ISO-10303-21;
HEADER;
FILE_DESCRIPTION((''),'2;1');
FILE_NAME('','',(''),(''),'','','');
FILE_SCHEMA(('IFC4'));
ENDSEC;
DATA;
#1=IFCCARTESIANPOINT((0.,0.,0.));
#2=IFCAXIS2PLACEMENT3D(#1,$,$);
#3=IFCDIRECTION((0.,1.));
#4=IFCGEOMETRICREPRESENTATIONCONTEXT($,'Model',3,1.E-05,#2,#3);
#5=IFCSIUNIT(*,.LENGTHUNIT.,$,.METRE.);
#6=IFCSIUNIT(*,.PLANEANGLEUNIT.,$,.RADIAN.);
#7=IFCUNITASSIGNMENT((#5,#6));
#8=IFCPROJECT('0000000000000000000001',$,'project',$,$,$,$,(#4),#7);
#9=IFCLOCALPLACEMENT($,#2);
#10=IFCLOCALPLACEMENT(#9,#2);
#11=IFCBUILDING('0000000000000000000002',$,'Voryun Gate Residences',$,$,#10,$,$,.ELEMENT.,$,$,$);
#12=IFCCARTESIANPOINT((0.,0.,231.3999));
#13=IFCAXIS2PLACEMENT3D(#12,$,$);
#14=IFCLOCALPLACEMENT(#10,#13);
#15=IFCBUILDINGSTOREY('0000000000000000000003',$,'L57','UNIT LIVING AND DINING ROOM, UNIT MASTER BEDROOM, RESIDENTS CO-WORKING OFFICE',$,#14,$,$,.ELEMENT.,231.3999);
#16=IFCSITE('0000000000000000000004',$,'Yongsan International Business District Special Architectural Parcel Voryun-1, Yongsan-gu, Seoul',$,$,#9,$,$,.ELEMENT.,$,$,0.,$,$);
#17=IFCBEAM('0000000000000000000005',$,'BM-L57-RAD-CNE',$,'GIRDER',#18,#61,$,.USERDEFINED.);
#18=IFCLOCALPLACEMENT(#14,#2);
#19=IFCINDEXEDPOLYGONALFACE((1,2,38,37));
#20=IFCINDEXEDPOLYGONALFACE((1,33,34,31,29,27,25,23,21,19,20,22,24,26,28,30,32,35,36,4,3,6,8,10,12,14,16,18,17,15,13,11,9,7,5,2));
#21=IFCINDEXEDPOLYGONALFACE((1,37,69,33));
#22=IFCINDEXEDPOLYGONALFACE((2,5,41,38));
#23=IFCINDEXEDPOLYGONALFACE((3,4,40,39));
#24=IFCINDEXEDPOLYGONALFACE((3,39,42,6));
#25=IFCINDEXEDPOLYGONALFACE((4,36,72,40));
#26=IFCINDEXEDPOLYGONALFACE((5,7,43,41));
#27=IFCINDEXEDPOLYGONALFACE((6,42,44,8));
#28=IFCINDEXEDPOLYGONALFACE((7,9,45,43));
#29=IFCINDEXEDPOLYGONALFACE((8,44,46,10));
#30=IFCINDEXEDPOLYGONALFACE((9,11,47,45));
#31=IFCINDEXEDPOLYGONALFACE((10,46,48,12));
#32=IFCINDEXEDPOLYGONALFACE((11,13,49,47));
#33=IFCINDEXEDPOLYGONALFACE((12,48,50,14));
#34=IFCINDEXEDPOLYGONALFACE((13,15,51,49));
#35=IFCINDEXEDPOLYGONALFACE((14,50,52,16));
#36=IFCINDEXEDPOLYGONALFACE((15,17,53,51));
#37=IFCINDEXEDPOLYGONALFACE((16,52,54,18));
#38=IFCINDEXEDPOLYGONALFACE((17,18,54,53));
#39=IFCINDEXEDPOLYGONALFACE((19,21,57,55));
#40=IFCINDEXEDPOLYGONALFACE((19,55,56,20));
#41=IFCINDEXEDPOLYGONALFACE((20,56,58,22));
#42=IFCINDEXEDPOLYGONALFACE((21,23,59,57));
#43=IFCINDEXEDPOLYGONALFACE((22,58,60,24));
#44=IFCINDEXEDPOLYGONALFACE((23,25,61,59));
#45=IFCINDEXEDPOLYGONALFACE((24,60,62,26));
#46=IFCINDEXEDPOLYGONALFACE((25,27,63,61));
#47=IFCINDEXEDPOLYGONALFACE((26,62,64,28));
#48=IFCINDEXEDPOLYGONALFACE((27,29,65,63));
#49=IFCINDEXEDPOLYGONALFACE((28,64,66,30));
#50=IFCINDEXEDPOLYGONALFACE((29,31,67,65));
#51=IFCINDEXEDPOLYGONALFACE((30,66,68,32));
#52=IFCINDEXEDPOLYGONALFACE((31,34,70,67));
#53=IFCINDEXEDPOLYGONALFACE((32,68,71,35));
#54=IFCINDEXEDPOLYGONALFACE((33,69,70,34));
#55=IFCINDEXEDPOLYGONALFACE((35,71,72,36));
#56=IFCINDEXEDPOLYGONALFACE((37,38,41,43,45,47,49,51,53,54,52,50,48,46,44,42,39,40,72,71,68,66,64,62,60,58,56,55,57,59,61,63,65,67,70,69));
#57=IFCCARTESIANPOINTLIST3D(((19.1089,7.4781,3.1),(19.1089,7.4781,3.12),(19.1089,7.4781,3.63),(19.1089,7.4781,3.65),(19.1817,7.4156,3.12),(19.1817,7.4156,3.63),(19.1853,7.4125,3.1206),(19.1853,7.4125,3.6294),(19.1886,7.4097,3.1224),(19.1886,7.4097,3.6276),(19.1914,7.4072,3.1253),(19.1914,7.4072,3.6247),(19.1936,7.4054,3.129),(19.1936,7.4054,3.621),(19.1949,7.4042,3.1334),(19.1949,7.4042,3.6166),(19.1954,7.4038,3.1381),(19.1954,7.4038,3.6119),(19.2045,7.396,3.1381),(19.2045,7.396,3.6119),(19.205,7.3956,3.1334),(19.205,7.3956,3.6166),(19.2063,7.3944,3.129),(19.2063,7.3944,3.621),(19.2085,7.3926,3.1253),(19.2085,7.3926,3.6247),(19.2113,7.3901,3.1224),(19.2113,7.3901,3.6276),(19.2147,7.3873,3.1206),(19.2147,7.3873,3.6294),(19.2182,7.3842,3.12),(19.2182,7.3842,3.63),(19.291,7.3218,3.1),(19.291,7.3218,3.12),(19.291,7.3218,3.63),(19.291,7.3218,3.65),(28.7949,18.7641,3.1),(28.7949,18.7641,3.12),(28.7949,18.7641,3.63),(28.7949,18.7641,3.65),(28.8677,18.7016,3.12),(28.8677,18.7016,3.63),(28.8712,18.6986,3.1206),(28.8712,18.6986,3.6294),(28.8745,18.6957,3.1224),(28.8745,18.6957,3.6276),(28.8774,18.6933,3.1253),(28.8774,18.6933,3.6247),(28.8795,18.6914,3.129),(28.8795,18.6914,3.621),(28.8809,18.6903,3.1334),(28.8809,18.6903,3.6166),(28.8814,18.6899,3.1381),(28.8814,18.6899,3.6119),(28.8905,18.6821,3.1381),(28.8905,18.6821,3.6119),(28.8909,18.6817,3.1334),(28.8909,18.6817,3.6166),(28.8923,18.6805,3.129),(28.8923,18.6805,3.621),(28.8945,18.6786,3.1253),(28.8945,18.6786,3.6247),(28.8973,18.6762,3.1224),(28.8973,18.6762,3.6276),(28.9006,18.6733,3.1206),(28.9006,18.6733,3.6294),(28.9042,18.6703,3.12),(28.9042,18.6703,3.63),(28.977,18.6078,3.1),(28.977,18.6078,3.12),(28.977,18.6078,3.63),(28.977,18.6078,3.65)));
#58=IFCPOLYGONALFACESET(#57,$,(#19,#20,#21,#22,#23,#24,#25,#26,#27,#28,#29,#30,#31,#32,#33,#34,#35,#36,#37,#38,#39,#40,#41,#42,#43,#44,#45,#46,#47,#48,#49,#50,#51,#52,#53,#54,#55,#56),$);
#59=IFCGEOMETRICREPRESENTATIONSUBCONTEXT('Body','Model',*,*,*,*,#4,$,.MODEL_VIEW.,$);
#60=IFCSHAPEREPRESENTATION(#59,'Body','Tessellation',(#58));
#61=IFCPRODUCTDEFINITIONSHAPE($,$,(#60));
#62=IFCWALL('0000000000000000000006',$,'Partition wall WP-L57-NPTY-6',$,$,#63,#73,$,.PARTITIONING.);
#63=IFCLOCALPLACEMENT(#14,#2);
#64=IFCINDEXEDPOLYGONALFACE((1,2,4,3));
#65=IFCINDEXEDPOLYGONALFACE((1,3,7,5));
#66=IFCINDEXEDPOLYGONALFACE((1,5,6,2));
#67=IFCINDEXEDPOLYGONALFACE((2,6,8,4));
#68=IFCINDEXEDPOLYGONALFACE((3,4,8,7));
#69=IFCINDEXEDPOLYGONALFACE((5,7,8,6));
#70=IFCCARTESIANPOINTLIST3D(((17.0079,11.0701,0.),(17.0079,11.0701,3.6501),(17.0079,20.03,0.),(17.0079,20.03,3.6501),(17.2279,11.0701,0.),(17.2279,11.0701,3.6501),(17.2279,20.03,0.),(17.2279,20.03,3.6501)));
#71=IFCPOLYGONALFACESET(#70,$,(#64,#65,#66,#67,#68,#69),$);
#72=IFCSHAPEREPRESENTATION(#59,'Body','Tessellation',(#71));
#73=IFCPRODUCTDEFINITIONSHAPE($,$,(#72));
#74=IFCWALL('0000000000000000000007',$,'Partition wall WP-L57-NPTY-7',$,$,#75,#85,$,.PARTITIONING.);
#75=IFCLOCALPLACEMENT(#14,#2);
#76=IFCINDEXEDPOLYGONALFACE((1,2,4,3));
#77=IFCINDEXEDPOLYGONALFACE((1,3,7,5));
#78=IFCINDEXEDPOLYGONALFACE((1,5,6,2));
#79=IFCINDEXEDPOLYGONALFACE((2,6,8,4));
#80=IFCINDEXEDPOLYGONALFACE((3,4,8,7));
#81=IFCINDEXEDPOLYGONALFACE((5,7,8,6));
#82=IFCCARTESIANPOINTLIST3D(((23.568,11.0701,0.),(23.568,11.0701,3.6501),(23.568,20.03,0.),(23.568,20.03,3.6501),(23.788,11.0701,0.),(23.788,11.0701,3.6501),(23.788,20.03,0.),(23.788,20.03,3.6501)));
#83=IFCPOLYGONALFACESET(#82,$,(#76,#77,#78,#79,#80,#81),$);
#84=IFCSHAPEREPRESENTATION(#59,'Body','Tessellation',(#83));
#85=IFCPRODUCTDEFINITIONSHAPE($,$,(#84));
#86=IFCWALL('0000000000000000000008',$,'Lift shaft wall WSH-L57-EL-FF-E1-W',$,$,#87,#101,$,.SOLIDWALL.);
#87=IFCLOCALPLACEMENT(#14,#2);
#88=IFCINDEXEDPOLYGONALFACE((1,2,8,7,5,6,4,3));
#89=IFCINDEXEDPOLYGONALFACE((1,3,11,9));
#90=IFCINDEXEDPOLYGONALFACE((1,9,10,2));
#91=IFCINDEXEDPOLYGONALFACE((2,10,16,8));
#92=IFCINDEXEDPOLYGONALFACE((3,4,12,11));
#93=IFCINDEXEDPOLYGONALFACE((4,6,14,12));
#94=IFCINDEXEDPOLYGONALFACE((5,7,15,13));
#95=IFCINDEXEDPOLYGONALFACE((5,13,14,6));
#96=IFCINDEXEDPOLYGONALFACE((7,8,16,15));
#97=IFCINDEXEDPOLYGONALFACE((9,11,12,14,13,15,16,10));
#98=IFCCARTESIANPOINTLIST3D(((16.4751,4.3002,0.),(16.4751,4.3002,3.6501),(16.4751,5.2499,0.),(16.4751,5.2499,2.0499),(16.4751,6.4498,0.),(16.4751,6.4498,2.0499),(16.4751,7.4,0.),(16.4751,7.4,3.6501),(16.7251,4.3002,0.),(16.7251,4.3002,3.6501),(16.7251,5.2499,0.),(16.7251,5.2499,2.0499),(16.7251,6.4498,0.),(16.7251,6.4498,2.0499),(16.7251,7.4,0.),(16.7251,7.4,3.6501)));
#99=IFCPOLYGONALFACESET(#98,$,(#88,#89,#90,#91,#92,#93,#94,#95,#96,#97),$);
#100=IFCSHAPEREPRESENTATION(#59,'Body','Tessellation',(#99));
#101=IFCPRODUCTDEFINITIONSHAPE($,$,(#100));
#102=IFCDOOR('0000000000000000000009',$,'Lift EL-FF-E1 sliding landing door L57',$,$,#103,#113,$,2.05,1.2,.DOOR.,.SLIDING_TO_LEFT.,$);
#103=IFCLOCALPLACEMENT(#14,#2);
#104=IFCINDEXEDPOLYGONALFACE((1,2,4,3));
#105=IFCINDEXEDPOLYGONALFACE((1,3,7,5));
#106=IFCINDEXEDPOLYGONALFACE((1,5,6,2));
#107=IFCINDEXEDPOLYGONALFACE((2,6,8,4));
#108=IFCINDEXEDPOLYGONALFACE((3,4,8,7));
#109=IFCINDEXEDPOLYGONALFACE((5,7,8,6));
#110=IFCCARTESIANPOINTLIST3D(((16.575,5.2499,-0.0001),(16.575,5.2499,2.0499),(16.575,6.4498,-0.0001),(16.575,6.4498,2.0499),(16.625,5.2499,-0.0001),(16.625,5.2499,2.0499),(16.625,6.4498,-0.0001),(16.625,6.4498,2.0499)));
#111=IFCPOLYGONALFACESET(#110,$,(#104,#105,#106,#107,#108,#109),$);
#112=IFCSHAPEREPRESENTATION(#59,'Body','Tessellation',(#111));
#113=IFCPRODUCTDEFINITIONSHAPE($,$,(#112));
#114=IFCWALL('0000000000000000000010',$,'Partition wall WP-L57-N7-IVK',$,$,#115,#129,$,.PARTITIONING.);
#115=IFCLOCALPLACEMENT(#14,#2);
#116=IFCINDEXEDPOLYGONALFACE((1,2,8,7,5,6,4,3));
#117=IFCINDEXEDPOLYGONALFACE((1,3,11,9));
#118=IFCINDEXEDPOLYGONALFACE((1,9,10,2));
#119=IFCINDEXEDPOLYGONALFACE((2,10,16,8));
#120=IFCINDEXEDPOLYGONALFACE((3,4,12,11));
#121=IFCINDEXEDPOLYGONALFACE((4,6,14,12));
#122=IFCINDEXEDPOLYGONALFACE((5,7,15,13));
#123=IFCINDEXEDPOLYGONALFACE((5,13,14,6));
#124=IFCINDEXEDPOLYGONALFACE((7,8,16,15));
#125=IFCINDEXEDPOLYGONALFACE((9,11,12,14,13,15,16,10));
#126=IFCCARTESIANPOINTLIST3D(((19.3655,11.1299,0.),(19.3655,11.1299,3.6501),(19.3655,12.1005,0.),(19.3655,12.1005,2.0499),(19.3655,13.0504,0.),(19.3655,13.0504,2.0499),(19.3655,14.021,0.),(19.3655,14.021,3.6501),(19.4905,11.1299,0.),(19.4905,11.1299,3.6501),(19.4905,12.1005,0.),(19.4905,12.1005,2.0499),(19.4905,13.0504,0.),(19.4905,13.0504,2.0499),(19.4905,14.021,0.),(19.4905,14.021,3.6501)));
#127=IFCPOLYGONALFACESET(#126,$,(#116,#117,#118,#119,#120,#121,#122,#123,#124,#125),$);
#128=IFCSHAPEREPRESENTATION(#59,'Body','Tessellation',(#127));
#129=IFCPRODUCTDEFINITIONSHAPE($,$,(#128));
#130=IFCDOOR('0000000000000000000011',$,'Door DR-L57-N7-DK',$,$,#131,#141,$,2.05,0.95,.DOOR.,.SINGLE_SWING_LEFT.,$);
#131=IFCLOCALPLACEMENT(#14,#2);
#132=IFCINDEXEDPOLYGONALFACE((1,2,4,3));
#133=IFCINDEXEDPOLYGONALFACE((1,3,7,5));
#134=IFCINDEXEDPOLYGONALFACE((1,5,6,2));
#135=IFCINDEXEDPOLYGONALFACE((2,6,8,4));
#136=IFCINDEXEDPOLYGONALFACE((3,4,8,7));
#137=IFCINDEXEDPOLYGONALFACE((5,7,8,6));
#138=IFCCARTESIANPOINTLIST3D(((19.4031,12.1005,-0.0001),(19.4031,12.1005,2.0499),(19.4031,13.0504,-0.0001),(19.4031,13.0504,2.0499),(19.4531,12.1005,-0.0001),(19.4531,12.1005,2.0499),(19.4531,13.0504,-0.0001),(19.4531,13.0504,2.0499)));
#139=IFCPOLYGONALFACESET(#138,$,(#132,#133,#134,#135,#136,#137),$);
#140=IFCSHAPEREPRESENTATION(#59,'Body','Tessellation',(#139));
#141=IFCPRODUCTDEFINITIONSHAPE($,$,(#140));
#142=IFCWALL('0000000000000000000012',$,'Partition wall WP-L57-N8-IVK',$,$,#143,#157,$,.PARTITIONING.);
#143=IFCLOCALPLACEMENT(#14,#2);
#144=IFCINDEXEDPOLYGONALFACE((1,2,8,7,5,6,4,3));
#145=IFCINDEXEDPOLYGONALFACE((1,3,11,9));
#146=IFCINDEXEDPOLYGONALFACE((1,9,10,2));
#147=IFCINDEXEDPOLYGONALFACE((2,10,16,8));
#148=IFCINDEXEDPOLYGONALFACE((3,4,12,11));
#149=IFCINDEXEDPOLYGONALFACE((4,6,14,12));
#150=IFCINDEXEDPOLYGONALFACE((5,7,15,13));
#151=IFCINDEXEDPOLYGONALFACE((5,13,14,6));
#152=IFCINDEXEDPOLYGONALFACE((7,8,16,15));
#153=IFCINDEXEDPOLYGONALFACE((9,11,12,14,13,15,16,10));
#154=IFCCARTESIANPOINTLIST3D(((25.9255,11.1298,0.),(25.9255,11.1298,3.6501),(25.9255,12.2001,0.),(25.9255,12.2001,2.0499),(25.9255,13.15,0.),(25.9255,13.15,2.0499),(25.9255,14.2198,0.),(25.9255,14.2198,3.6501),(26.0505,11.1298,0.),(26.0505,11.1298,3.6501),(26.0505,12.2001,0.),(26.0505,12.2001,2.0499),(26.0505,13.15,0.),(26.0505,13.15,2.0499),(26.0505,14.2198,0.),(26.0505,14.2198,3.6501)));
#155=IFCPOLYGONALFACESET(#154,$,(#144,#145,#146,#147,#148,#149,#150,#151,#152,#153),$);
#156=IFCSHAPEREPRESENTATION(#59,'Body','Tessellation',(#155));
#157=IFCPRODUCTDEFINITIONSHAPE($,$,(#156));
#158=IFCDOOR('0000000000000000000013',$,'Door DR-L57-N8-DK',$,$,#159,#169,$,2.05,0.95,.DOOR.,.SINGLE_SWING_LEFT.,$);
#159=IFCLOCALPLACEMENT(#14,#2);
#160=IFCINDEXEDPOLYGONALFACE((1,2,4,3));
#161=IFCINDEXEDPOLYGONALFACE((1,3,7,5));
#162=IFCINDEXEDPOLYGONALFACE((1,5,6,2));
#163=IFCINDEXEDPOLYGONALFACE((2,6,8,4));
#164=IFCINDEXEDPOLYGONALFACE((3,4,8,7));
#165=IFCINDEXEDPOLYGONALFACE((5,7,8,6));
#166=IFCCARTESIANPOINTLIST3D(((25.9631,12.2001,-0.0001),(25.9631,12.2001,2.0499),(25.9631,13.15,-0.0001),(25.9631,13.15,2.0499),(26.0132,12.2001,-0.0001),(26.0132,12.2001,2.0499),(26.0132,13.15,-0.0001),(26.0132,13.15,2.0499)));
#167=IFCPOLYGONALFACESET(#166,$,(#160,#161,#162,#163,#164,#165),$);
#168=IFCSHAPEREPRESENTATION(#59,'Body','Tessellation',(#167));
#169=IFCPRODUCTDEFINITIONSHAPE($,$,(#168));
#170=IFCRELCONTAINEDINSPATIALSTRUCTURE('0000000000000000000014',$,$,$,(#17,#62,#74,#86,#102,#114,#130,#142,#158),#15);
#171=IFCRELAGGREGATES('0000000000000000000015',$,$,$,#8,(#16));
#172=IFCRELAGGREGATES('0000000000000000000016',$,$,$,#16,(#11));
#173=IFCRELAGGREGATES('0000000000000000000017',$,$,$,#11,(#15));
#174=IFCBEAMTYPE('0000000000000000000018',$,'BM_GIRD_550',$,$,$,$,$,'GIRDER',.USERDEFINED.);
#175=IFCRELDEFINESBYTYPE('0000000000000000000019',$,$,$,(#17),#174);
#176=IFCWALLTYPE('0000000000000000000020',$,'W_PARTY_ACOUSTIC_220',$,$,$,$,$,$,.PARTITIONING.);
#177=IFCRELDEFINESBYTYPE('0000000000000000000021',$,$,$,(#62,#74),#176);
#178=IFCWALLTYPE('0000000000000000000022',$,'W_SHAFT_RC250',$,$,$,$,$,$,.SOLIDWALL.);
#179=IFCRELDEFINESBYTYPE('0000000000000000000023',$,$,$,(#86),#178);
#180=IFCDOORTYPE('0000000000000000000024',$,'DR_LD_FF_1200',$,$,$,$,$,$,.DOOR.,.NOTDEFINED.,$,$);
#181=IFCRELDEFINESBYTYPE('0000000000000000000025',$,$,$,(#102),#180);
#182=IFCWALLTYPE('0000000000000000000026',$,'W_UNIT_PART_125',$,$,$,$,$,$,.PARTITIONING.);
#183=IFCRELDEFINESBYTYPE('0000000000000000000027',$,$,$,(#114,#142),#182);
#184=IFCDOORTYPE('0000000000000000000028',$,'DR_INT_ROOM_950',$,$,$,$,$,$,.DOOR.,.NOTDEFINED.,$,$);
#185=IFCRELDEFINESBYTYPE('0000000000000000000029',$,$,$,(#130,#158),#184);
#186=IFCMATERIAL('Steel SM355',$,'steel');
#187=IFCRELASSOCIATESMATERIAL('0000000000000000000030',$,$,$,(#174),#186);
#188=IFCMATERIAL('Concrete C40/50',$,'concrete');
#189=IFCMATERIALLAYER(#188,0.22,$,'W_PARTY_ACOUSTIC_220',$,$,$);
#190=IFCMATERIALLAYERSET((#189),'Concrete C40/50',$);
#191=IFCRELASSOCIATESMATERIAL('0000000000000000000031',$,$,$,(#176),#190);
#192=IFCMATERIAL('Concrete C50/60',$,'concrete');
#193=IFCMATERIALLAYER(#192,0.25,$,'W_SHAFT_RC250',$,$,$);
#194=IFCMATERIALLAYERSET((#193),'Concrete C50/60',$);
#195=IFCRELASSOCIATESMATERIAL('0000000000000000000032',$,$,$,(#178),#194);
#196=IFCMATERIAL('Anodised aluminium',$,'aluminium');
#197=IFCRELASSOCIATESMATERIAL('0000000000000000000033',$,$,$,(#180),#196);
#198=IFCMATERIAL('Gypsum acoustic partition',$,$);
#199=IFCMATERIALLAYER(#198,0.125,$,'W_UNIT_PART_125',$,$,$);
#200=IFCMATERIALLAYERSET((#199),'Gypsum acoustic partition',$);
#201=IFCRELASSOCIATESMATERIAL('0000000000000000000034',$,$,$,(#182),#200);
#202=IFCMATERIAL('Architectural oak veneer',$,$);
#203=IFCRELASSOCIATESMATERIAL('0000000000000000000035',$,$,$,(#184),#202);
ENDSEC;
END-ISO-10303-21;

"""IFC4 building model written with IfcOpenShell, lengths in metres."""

from ifc_helpers import new_model, si_unit, direction, frame, frame_2d, origin, origin_2d, place, context, subcontext, project, spatial, rectangle, i_section, extrude, material, layer, layer_set, material_profile, profile_set, type_object, element, fill, save


model = new_model("IFC4")

# Units and contexts
model_context = context("Model", 3, precision=1e-05, world=origin(), true_north=direction((0.0, 1.0)))
body_context = subcontext(model_context, "Body", "Model", "MODEL_VIEW")
ifc_project = project(units=[si_unit("LENGTHUNIT", "METRE"), si_unit("PLANEANGLEUNIT", "RADIAN")], contexts=[model_context])

# Site, building, storey
site_placement = place(None, origin())
site = spatial("IfcSite", under=ifc_project, at=site_placement, Name="Yongsan International Business District Special Architectural Parcel Voryun-1, Yongsan-gu, Seoul", CompositionType="ELEMENT", RefElevation=0.0)
building_placement = place(site_placement, origin())
building = spatial("IfcBuilding", under=site, at=building_placement, Name="Voryun Gate Residences", CompositionType="ELEMENT")
storey_placement = place(building_placement, frame((0.0, 0.0, 231.3999)))
storey = spatial("IfcBuildingStorey", under=building, at=storey_placement, Name="L57", Description="UNIT LIVING AND DINING ROOM, UNIT MASTER BEDROOM, RESIDENTS CO-WORKING OFFICE", CompositionType="ELEMENT", Elevation=231.3999)

# Beam
ifc_material_1 = material(Name="Steel SM355", Category="steel")
ifc_material_profile_1 = material_profile(ifc_material_1, i_section(OverallWidth=0.24, OverallDepth=0.55, WebThickness=0.012, FlangeThickness=0.02, FilletRadius=0.0181, at=origin_2d()), Name="H-550x240x12x20")
ifc_profile_set_1 = profile_set([ifc_material_profile_1], Name="Steel SM355")
beam_type_1 = type_object("IfcBeamType", Name="BM_GIRD_550", ElementType="GIRDER", PredefinedType="USERDEFINED", material=ifc_profile_set_1)
beam_1_placement = place(storey_placement, frame((19.2, 7.3999, 3.375), z_axis=(0.651264, 0.758851, 0.0), x_axis=(-0.758851, 0.651264, 0.0)))
element("IfcBeam", 1, at=beam_1_placement, inside=storey, type_object=beam_type_1, Name="BM-L57-RAD-CNE", ObjectType="GIRDER", PredefinedType="USERDEFINED", context=body_context, shape_type="SweptSolid", body=[
    extrude(i_section(OverallWidth=0.24, OverallDepth=0.55, WebThickness=0.012, FlangeThickness=0.02, FilletRadius=0.0181, at=origin_2d()), origin(), (0.0, 0.0, 1.0), 14.8726),
])

# Walls
ifc_material_2 = material(Name="Concrete C40/50", Category="concrete")
ifc_layer_1 = layer(ifc_material_2, 0.22, Name="W_PARTY_ACOUSTIC_220")
ifc_layer_set_1 = layer_set([ifc_layer_1], Name="Concrete C40/50")
wall_type_1 = type_object("IfcWallType", Name="W_PARTY_ACOUSTIC_220", PredefinedType="PARTITIONING", material=ifc_layer_set_1)
for number, where, z_axis, x_axis, name in (
    (2, (17.1179, 11.0701, 0.0), (0.0, 0.0, 1.0), (0.0, 1.0, 0.0), "Partition wall WP-L57-NPTY-6"),
    (3, (23.678, 11.0701, 0.0), (0.0, 0.0, 1.0), (0.0, 1.0, 0.0), "Partition wall WP-L57-NPTY-7"),
):
    element("IfcWall", number, at=place(storey_placement, frame(where, z_axis=z_axis, x_axis=x_axis)), inside=storey, type_object=wall_type_1, Name=name, PredefinedType="PARTITIONING", context=body_context, shape_type="SweptSolid", body=[
        extrude(rectangle(XDim=8.96, YDim=0.22, at=frame_2d((4.48, 0.0))), origin(), (0.0, 0.0, 1.0), 3.6501),
    ])

# Walls, openings, doors
ifc_material_3 = material(Name="Concrete C50/60", Category="concrete")
ifc_layer_2 = layer(ifc_material_3, 0.25, Name="W_SHAFT_RC250")
ifc_layer_set_2 = layer_set([ifc_layer_2], Name="Concrete C50/60")
wall_type_2 = type_object("IfcWallType", Name="W_SHAFT_RC250", PredefinedType="SOLIDWALL", material=ifc_layer_set_2)
wall_1_placement = place(storey_placement, frame((16.6001, 7.3999, 0.0), z_axis=(0.0, 0.0, 1.0), x_axis=(0.0, -1.0, 0.0)))
wall_1 = element("IfcWall", 4, at=wall_1_placement, inside=storey, type_object=wall_type_2, Name="Lift shaft wall WSH-L57-EL-FF-E1-W", PredefinedType="SOLIDWALL", context=body_context, shape_type="SweptSolid", body=[
    extrude(rectangle(XDim=3.0999, YDim=0.25, at=frame_2d((1.5498, 0.0))), origin(), (0.0, 0.0, 1.0), 3.6501),
])
opening_1_placement = place(wall_1_placement, frame((0.95, 0.0, 0.0)))
opening_1 = element("IfcOpeningElement", 5, at=opening_1_placement, cuts=wall_1, PredefinedType="OPENING", context=body_context, shape_type="SweptSolid", body=[
    extrude(rectangle(XDim=1.2, YDim=2.05, at=frame_2d((0.6001, 1.0249))), frame((0.0, 0.135, 0.0), z_axis=(0.0, -1.0, 0.0), x_axis=(1.0, 0.0, 0.0)), (0.0, 0.0, 1.0), 0.27),
])
ifc_material_4 = material(Name="Anodised aluminium", Category="aluminium")
door_type_1 = type_object("IfcDoorType", Name="DR_LD_FF_1200", OperationType="NOTDEFINED", PredefinedType="DOOR", material=ifc_material_4)
door_1_placement = place(opening_1_placement, origin())
door_1 = element("IfcDoor", 6, at=door_1_placement, inside=storey, type_object=door_type_1, Name="Lift EL-FF-E1 sliding landing door L57", OperationType="SLIDING_TO_LEFT", OverallHeight=2.05, OverallWidth=1.2, PredefinedType="DOOR", context=body_context, shape_type="SweptSolid", body=[
    extrude(rectangle(XDim=1.2, YDim=2.05, at=frame_2d((0.6001, 1.0249))), frame((0.0, 0.0249, 0.0), z_axis=(0.0, -1.0, 0.0), x_axis=(1.0, 0.0, 0.0)), (0.0, 0.0, 1.0), 0.05),
])
fill(opening_1, door_1)
ifc_material_5 = material(Name="Gypsum acoustic partition")
ifc_layer_3 = layer(ifc_material_5, 0.125, Name="W_UNIT_PART_125")
ifc_layer_set_3 = layer_set([ifc_layer_3], Name="Gypsum acoustic partition")
wall_type_3 = type_object("IfcWallType", Name="W_UNIT_PART_125", PredefinedType="PARTITIONING", material=ifc_layer_set_3)
wall_2_placement = place(storey_placement, frame((19.428, 11.1299, 0.0), z_axis=(0.0, 0.0, 1.0), x_axis=(0.0, 1.0, 0.0)))
wall_2 = element("IfcWall", 7, at=wall_2_placement, inside=storey, type_object=wall_type_3, Name="Partition wall WP-L57-N7-IVK", PredefinedType="PARTITIONING", context=body_context, shape_type="SweptSolid", body=[
    extrude(rectangle(XDim=2.8911, YDim=0.125, at=frame_2d((1.4456, 0.0))), origin(), (0.0, 0.0, 1.0), 3.6501),
])
opening_2_placement = place(wall_2_placement, frame((0.9705, 0.0, 0.0)))
opening_2 = element("IfcOpeningElement", 8, at=opening_2_placement, cuts=wall_2, PredefinedType="OPENING", context=body_context, shape_type="SweptSolid", body=[
    extrude(rectangle(XDim=0.95, YDim=2.05, at=frame_2d((0.4751, 1.0249))), frame((0.0, 0.0725, 0.0), z_axis=(0.0, -1.0, 0.0), x_axis=(1.0, 0.0, 0.0)), (0.0, 0.0, 1.0), 0.145),
])
ifc_material_6 = material(Name="Architectural oak veneer")
door_type_2 = type_object("IfcDoorType", Name="DR_INT_ROOM_950", OperationType="NOTDEFINED", PredefinedType="DOOR", material=ifc_material_6)
door_2_placement = place(opening_2_placement, origin())
door_2 = element("IfcDoor", 9, at=door_2_placement, inside=storey, type_object=door_type_2, Name="Door DR-L57-N7-DK", OperationType="SINGLE_SWING_LEFT", OverallHeight=2.05, OverallWidth=0.95, PredefinedType="DOOR", context=body_context, shape_type="SweptSolid", body=[
    extrude(rectangle(XDim=0.95, YDim=2.05, at=frame_2d((0.4751, 1.0249))), frame((0.0, 0.0249, 0.0), z_axis=(0.0, -1.0, 0.0), x_axis=(1.0, 0.0, 0.0)), (0.0, 0.0, 1.0), 0.05),
])
fill(opening_2, door_2)
wall_3_placement = place(storey_placement, frame((25.988, 11.1299, 0.0), z_axis=(0.0, 0.0, 1.0), x_axis=(0.0, 1.0, 0.0)))
wall_3 = element("IfcWall", 10, at=wall_3_placement, inside=storey, type_object=wall_type_3, Name="Partition wall WP-L57-N8-IVK", PredefinedType="PARTITIONING", context=body_context, shape_type="SweptSolid", body=[
    extrude(rectangle(XDim=3.0901, YDim=0.125, at=frame_2d((1.5449, 0.0))), origin(), (0.0, 0.0, 1.0), 3.6501),
])
opening_3_placement = place(wall_3_placement, frame((1.0701, 0.0, 0.0)))
opening_3 = element("IfcOpeningElement", 11, at=opening_3_placement, cuts=wall_3, PredefinedType="OPENING", context=body_context, shape_type="SweptSolid", body=[
    extrude(rectangle(XDim=0.95, YDim=2.05, at=frame_2d((0.4751, 1.0249))), frame((0.0, 0.0725, 0.0), z_axis=(0.0, -1.0, 0.0), x_axis=(1.0, 0.0, 0.0)), (0.0, 0.0, 1.0), 0.145),
])
door_3_placement = place(opening_3_placement, origin())
door_3 = element("IfcDoor", 12, at=door_3_placement, inside=storey, type_object=door_type_2, Name="Door DR-L57-N8-DK", OperationType="SINGLE_SWING_LEFT", OverallHeight=2.05, OverallWidth=0.95, PredefinedType="DOOR", context=body_context, shape_type="SweptSolid", body=[
    extrude(rectangle(XDim=0.95, YDim=2.05, at=frame_2d((0.4751, 1.0249))), frame((0.0, 0.0249, 0.0), z_axis=(0.0, -1.0, 0.0), x_axis=(1.0, 0.0, 0.0)), (0.0, 0.0, 1.0), 0.05),
])
fill(opening_3, door_3)

save(model, "model.ifc")
